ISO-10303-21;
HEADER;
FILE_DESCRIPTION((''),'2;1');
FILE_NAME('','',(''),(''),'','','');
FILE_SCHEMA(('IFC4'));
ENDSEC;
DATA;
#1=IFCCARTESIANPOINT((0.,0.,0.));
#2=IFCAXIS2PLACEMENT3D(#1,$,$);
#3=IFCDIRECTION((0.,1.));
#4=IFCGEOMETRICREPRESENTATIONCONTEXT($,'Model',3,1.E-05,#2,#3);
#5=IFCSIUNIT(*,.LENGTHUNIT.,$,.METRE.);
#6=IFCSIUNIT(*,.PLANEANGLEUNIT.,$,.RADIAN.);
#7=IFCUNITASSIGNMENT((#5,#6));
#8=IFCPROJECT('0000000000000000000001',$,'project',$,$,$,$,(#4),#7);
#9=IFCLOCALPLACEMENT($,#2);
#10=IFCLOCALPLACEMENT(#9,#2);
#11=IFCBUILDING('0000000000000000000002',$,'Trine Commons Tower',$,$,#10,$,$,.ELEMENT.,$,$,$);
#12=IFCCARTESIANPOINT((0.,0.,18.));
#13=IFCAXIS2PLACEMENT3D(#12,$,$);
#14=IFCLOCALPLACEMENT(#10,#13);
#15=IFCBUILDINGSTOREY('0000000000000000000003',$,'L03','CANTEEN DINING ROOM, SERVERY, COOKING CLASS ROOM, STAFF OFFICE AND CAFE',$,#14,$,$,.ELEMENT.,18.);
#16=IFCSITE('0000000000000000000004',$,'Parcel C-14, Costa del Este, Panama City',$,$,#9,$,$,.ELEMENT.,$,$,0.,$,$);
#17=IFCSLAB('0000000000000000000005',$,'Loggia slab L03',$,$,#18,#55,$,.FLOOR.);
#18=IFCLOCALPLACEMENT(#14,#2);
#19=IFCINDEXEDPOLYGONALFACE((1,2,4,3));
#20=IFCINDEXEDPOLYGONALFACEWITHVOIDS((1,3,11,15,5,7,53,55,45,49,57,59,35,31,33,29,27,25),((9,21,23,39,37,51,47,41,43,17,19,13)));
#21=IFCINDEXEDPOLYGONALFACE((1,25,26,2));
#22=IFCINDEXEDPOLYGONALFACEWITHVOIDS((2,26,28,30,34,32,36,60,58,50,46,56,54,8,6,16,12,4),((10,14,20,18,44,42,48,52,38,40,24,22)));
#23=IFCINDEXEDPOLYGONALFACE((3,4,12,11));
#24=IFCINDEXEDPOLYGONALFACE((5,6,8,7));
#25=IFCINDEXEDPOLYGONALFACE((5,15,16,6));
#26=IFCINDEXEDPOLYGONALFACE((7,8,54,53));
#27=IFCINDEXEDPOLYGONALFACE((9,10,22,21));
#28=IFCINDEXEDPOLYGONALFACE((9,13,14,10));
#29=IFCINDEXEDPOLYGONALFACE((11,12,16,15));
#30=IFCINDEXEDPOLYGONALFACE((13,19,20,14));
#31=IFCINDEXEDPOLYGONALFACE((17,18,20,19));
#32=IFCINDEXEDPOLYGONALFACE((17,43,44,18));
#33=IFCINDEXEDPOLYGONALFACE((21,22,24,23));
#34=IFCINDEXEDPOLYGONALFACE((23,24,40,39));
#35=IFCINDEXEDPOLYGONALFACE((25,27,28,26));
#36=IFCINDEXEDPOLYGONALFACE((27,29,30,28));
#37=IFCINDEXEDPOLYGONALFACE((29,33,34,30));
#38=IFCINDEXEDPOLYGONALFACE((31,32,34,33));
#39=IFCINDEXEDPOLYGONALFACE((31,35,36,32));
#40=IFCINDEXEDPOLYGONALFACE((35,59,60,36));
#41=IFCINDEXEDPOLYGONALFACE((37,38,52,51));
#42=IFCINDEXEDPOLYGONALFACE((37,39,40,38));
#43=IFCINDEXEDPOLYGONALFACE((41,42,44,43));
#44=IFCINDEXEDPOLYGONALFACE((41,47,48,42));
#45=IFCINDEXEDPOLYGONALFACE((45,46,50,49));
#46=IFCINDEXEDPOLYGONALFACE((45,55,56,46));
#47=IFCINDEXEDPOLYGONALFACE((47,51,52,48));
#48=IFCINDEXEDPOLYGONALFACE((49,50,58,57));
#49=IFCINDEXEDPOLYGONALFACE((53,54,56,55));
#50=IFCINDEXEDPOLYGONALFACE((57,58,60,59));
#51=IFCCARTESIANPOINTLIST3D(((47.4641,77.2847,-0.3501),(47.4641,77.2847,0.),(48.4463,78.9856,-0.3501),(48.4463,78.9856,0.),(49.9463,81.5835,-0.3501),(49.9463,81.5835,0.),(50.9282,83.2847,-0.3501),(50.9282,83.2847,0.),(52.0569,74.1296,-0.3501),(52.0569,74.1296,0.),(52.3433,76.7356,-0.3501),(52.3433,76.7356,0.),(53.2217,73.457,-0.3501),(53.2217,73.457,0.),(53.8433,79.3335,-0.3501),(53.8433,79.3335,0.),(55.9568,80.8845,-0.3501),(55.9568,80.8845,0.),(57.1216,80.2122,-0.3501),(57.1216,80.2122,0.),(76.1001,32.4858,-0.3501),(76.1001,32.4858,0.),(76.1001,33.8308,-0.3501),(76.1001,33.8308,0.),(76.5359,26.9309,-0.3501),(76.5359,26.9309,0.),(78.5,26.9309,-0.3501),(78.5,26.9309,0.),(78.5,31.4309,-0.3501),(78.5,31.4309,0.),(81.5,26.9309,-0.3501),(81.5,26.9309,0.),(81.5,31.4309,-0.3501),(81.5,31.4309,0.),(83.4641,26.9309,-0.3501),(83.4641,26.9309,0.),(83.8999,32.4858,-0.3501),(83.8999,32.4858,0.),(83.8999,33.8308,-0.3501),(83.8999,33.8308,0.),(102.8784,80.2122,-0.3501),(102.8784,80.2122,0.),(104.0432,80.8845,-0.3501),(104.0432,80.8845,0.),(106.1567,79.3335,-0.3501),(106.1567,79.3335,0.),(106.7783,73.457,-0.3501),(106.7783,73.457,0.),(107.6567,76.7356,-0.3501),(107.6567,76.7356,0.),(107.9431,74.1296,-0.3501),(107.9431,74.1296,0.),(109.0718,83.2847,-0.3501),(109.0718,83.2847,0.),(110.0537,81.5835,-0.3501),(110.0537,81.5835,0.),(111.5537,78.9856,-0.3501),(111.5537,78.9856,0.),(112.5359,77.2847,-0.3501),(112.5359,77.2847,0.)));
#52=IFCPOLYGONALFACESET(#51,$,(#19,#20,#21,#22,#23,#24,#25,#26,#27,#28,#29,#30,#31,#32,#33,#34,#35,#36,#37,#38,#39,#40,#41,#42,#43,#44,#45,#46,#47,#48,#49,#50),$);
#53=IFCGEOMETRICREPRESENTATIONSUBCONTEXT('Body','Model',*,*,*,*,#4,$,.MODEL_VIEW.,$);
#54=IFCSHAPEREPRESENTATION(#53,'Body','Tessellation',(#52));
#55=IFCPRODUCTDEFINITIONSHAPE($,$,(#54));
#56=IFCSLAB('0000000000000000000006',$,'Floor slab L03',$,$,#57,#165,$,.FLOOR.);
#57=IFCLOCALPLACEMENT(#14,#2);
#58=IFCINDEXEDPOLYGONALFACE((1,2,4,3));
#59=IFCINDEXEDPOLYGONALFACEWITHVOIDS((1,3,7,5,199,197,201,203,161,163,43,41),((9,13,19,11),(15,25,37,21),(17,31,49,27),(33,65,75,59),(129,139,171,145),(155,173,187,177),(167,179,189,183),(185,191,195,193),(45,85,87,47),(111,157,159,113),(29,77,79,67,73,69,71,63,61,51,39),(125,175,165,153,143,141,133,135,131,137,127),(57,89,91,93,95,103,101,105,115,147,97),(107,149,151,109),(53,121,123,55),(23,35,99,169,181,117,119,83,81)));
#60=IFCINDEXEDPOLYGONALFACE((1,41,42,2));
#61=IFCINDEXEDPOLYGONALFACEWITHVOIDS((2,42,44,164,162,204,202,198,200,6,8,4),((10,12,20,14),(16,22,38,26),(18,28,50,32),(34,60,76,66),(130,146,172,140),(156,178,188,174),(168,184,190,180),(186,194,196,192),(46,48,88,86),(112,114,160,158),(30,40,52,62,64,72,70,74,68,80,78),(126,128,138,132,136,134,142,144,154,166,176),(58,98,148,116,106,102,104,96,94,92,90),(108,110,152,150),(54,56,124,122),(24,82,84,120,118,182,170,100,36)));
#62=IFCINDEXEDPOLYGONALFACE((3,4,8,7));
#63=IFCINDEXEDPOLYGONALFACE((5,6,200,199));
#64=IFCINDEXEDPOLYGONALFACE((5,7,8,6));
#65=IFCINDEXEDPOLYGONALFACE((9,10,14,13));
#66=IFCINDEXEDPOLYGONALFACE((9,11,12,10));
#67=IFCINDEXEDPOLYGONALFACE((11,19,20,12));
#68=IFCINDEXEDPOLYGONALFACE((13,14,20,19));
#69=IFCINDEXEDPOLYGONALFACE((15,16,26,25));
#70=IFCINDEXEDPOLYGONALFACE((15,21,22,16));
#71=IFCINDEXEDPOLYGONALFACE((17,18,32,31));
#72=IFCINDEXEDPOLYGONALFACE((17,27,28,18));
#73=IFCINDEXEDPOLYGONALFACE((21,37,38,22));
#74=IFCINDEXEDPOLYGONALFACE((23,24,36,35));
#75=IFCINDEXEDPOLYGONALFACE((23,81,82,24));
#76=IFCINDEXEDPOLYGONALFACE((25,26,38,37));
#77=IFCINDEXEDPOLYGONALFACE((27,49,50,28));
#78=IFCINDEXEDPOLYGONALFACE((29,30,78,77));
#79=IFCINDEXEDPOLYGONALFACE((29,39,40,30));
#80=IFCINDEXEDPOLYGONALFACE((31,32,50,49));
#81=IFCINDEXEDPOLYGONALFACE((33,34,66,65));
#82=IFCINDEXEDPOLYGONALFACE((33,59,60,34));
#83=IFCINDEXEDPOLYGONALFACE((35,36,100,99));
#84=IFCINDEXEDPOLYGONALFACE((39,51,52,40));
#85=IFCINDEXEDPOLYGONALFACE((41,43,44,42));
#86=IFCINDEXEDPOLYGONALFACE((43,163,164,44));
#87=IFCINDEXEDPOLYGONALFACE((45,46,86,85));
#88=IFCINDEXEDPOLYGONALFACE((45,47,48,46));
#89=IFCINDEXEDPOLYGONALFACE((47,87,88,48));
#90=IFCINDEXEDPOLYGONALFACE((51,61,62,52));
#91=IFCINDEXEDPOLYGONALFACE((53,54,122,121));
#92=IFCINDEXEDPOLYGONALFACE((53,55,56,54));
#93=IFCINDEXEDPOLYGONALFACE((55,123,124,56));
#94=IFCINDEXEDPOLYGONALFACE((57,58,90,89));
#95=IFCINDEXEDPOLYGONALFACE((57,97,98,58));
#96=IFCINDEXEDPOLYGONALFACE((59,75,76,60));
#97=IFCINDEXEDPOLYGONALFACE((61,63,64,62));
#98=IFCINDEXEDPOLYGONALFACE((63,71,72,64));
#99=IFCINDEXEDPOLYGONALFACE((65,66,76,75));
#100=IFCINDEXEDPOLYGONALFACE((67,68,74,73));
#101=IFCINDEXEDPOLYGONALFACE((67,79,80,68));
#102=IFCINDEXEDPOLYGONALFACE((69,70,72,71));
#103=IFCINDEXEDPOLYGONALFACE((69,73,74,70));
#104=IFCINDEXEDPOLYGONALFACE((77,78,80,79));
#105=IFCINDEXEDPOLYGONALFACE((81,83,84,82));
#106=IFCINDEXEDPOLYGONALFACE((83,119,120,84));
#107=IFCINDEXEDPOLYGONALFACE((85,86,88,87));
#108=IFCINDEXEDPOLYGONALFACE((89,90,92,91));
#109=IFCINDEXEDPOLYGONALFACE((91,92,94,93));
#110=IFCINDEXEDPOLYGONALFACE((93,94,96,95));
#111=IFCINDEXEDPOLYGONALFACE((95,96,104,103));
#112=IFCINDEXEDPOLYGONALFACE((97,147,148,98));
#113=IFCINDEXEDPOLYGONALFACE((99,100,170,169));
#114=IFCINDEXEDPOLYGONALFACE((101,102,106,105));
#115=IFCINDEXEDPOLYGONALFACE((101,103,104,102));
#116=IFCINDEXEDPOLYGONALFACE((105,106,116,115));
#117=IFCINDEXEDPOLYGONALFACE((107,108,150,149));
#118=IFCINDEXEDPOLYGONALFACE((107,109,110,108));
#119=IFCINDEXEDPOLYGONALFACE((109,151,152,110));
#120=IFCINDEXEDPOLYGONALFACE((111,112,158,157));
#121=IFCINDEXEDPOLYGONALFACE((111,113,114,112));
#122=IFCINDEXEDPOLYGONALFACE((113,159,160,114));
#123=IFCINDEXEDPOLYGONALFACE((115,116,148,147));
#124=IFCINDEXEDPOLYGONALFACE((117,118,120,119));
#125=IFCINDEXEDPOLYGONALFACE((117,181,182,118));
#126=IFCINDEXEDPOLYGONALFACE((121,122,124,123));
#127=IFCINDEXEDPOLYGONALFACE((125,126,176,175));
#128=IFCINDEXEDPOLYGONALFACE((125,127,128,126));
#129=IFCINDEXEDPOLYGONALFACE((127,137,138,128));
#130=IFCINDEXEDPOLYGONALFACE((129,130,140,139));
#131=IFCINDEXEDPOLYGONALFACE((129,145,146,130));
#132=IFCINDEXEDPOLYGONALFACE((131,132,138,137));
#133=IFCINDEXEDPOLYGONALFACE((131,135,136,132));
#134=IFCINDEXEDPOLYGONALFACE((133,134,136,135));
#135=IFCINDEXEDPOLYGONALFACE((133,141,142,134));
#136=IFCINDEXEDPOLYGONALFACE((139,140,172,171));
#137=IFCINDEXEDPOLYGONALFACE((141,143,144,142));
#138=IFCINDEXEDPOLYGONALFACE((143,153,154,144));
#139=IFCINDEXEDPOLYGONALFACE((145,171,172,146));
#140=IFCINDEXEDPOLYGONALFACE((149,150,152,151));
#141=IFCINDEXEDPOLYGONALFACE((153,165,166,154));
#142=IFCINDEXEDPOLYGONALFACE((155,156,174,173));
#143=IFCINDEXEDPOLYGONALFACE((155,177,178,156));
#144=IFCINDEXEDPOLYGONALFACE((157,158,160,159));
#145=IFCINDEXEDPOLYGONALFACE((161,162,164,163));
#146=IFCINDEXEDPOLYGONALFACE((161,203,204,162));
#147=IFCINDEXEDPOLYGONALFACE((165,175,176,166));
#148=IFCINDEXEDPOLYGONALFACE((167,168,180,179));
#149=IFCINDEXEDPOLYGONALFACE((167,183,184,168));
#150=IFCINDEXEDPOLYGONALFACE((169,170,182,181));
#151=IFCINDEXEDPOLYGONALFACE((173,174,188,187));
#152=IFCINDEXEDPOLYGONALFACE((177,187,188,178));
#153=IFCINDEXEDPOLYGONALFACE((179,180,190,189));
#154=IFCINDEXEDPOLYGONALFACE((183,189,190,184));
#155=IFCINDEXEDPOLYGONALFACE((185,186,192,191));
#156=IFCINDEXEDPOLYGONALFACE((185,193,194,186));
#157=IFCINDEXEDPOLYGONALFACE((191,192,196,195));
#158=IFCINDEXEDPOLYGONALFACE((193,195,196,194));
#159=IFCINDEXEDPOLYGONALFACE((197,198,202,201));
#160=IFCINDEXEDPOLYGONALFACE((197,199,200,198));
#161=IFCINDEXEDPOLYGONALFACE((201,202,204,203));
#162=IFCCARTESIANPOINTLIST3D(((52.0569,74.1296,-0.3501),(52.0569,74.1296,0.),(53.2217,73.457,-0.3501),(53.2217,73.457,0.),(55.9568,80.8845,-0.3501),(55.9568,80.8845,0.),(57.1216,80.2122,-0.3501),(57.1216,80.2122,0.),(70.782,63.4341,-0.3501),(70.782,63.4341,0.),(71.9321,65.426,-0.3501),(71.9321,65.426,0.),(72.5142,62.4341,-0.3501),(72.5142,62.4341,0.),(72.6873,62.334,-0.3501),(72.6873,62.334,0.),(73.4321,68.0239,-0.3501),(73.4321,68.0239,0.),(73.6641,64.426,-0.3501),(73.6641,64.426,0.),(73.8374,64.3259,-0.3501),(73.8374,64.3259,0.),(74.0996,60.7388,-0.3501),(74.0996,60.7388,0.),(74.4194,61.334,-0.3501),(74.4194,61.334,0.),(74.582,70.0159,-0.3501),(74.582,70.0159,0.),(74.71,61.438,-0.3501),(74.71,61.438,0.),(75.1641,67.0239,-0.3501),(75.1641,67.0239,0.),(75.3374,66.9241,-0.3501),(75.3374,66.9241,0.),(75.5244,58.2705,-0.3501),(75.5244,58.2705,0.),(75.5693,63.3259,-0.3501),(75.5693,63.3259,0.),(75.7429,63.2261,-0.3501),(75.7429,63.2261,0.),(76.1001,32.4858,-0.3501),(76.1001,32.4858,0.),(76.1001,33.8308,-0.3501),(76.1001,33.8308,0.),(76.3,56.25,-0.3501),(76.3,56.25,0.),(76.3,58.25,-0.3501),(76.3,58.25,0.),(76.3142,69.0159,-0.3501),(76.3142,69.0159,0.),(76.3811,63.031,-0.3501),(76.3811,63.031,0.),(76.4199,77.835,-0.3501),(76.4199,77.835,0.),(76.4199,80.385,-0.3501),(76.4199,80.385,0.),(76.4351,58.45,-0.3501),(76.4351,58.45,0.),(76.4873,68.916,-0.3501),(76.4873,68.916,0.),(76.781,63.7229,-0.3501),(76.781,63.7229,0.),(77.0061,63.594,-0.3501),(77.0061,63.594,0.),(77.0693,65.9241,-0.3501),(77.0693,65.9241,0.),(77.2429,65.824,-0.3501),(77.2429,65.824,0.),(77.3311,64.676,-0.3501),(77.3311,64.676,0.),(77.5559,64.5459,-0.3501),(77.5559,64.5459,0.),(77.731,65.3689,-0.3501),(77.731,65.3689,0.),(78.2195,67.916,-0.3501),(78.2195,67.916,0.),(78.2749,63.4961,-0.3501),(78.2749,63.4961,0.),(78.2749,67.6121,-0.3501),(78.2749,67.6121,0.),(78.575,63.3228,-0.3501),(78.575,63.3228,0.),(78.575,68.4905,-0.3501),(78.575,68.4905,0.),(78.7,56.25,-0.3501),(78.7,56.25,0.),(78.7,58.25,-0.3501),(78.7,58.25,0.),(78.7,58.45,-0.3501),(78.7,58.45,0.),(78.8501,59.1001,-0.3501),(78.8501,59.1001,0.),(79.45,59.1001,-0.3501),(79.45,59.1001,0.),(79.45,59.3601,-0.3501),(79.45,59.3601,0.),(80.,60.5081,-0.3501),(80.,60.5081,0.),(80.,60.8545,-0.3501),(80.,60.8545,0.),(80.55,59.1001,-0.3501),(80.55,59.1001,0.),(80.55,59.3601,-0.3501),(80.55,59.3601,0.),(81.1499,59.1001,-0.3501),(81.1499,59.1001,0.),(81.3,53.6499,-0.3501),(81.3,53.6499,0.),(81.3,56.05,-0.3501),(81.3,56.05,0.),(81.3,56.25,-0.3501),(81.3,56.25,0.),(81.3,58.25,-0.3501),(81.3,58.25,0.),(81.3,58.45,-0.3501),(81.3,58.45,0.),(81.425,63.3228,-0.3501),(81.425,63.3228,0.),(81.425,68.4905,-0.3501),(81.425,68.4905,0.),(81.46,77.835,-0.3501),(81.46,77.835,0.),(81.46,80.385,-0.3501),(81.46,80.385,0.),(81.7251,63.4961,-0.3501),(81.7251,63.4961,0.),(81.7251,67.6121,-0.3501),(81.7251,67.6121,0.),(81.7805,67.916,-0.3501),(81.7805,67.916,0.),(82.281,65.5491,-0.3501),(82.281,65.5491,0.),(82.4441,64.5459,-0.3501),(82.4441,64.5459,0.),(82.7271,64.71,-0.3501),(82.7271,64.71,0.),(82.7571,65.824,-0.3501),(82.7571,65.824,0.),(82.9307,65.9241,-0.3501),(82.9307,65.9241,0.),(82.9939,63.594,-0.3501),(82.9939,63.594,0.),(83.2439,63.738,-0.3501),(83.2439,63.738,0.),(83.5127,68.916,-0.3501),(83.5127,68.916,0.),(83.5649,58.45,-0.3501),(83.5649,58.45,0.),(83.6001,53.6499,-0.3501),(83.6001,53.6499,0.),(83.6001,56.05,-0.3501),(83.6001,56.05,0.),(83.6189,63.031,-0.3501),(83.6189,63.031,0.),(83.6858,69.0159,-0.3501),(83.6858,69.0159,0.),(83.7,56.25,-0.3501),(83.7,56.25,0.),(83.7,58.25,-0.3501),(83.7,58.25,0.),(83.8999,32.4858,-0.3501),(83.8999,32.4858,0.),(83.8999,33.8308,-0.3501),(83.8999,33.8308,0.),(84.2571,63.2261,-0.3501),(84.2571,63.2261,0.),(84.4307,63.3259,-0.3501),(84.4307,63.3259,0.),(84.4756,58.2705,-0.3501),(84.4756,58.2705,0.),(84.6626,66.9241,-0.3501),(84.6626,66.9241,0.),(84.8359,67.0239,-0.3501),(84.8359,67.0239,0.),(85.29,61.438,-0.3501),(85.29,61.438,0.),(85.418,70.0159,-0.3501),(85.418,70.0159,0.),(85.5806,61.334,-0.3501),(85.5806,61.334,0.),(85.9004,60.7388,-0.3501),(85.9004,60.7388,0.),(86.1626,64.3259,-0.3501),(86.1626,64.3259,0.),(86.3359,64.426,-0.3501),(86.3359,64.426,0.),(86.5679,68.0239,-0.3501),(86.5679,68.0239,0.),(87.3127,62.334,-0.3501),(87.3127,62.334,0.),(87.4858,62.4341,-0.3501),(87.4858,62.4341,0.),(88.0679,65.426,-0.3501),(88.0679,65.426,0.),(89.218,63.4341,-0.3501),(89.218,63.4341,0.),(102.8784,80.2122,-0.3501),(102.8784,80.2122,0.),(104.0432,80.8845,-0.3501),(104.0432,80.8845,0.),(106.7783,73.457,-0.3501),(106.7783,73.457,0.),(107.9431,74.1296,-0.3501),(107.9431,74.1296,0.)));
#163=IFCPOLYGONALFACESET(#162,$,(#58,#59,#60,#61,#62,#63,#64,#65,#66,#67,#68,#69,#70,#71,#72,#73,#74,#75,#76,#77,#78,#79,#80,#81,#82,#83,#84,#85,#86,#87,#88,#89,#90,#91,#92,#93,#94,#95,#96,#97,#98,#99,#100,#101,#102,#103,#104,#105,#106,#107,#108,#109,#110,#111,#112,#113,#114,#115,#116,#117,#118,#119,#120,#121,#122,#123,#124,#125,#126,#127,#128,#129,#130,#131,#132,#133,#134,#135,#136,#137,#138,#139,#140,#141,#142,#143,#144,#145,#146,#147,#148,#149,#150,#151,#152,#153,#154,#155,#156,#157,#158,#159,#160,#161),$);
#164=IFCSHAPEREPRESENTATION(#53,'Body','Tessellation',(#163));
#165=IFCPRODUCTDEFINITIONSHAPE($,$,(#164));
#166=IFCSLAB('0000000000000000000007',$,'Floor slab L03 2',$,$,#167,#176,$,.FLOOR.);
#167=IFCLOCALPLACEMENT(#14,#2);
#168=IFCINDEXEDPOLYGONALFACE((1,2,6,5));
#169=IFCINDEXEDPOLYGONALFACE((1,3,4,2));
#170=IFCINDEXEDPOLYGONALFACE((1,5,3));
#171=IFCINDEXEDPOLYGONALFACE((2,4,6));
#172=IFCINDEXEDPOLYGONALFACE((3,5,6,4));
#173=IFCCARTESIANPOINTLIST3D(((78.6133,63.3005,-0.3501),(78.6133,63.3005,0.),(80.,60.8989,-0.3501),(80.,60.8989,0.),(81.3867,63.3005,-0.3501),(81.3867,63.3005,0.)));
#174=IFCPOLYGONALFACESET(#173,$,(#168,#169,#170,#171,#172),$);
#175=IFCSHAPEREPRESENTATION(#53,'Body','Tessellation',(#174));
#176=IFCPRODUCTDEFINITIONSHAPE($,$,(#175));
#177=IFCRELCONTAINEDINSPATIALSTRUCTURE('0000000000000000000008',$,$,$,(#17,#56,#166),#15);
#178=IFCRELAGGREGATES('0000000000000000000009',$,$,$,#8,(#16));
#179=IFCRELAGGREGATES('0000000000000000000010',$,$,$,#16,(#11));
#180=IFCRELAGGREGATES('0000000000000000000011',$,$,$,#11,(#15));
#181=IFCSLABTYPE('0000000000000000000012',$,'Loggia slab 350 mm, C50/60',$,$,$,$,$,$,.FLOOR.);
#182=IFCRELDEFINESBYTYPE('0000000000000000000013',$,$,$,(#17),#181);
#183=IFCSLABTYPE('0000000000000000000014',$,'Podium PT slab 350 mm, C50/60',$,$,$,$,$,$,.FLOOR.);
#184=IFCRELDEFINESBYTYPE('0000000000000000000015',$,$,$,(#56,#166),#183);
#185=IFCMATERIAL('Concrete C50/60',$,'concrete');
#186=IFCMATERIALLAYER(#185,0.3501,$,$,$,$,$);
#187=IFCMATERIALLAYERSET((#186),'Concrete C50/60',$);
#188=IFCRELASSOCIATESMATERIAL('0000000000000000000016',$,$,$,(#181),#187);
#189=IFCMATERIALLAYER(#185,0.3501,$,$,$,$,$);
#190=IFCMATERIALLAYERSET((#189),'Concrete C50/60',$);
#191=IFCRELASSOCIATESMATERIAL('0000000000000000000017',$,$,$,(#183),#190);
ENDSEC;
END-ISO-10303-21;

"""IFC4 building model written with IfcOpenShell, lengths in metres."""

from ifc_helpers import new_model, si_unit, direction, frame, origin, place, context, subcontext, project, spatial, polyline, outline, extrude, material, layer, layer_set, type_object, element, save


model = new_model("IFC4")

# Units and contexts
model_context = context("Model", 3, precision=1e-05, world=origin(), true_north=direction((0.0, 1.0)))
body_context = subcontext(model_context, "Body", "Model", "MODEL_VIEW")
ifc_project = project(units=[si_unit("LENGTHUNIT", "METRE"), si_unit("PLANEANGLEUNIT", "RADIAN")], contexts=[model_context])

# Site, building, storey
site_placement = place(None, origin())
site = spatial("IfcSite", under=ifc_project, at=site_placement, Name="Parcel C-14, Costa del Este, Panama City", CompositionType="ELEMENT", RefElevation=0.0)
building_placement = place(site_placement, origin())
building = spatial("IfcBuilding", under=site, at=building_placement, Name="Trine Commons Tower", CompositionType="ELEMENT")
storey_placement = place(building_placement, frame((0.0, 0.0, 18.0)))
storey = spatial("IfcBuildingStorey", under=building, at=storey_placement, Name="L03", Description="CANTEEN DINING ROOM, SERVERY, COOKING CLASS ROOM, STAFF OFFICE AND CAFE", CompositionType="ELEMENT", Elevation=18.0)

# Slabs
ifc_material_1 = material(Name="Concrete C50/60", Category="concrete")
ifc_layer_1 = layer(ifc_material_1, 0.3501)
ifc_layer_set_1 = layer_set([ifc_layer_1], Name="Concrete C50/60")
slab_type_1 = type_object("IfcSlabType", Name="Loggia slab 350 mm, C50/60", PredefinedType="FLOOR", material=ifc_layer_set_1)
slab_1_placement = place(storey_placement, frame((0.0, 0.0, -0.3501)))
element("IfcSlab", 1, at=slab_1_placement, inside=storey, type_object=slab_type_1, Name="Loggia slab L03", PredefinedType="FLOOR", context=body_context, shape_type="SweptSolid", body=[
    extrude(outline(polyline([(83.4641, 26.9309), (112.5359, 77.2847), (111.5537, 78.9856), (107.6567, 76.7356), (106.1567, 79.3335), (110.0537, 81.5835), (109.0718, 83.2847), (50.9282, 83.2847), (49.9463, 81.5835), (53.8433, 79.3335), (52.3433, 76.7356), (48.4463, 78.9856), (47.4641, 77.2847), (76.5359, 26.9309), (78.5, 26.9309), (78.5, 31.4309), (81.5, 31.4309), (81.5, 26.9309), (83.4641, 26.9309)]), holes=[polyline([(76.1001, 32.4858), (76.1001, 33.8308), (83.8999, 33.8308), (83.8999, 32.4858), (107.9431, 74.1296), (106.7783, 73.457), (102.8784, 80.2122), (104.0432, 80.8845), (55.9568, 80.8845), (57.1216, 80.2122), (53.2217, 73.457), (52.0569, 74.1296), (76.1001, 32.4858)])]), origin(), (0.0, 0.0, 1.0), 0.3501),
])
ifc_layer_2 = layer(ifc_material_1, 0.3501)
ifc_layer_set_2 = layer_set([ifc_layer_2], Name="Concrete C50/60")
slab_type_2 = type_object("IfcSlabType", Name="Podium PT slab 350 mm, C50/60", PredefinedType="FLOOR", material=ifc_layer_set_2)
slab_2_placement = place(storey_placement, frame((0.0, 0.0, -0.3501)))
element("IfcSlab", 2, at=slab_2_placement, inside=storey, type_object=slab_type_2, Name="Floor slab L03", PredefinedType="FLOOR", context=body_context, shape_type="SweptSolid", body=[
    extrude(outline(polyline([(52.0569, 74.1296), (76.1001, 32.4858), (76.1001, 33.8308), (83.8999, 33.8308), (83.8999, 32.4858), (107.9431, 74.1296), (106.7783, 73.457), (102.8784, 80.2122), (104.0432, 80.8845), (55.9568, 80.8845), (57.1216, 80.2122), (53.2217, 73.457), (52.0569, 74.1296)]), holes=[polyline([(76.3, 56.25), (78.7, 56.25), (78.7, 58.25), (76.3, 58.25), (76.3, 56.25)]), polyline([(80.0, 60.8545), (84.4756, 58.2705), (85.9004, 60.7388), (81.425, 63.3228), (81.425, 68.4905), (78.575, 68.4905), (78.575, 63.3228), (74.0996, 60.7388), (75.5244, 58.2705), (80.0, 60.8545)]), polyline([(73.8374, 64.3259), (72.6873, 62.334), (74.4194, 61.334), (75.5693, 63.3259), (73.8374, 64.3259)]), polyline([(71.9321, 65.426), (70.782, 63.4341), (72.5142, 62.4341), (73.6641, 64.426), (71.9321, 65.426)]), polyline([(76.781, 63.7229), (76.3811, 63.031), (75.7429, 63.2261), (74.71, 61.438), (78.2749, 63.4961), (78.2749, 67.6121), (77.2429, 65.824), (77.731, 65.3689), (77.3311, 64.676), (77.5559, 64.5459), (77.0061, 63.594), (76.781, 63.7229)]), polyline([(76.4873, 68.916), (75.3374, 66.9241), (77.0693, 65.9241), (78.2195, 67.916), (76.4873, 68.916)]), polyline([(76.3142, 69.0159), (74.582, 70.0159), (73.4321, 68.0239), (75.1641, 67.0239), (76.3142, 69.0159)]), polyline([(76.4199, 77.835), (81.46, 77.835), (81.46, 80.385), (76.4199, 80.385), (76.4199, 77.835)]), polyline([(81.3, 53.6499), (83.6001, 53.6499), (83.6001, 56.05), (81.3, 56.05), (81.3, 53.6499)]), polyline([(81.3, 56.25), (83.7, 56.25), (83.7, 58.25), (81.3, 58.25), (81.3, 56.25)]), polyline([(81.1499, 59.1001), (81.3, 58.45), (83.5649, 58.45), (80.0, 60.5081), (76.4351, 58.45), (78.7, 58.45), (78.8501, 59.1001), (79.45, 59.1001), (79.45, 59.3601), (80.55, 59.3601), (80.55, 59.1001), (81.1499, 59.1001)]), polyline([(87.3127, 62.334), (86.1626, 64.3259), (84.4307, 63.3259), (85.5806, 61.334), (87.3127, 62.334)]), polyline([(89.218, 63.4341), (88.0679, 65.426), (86.3359, 64.426), (87.4858, 62.4341), (89.218, 63.4341)]), polyline([(83.2439, 63.738), (82.9939, 63.594), (82.4441, 64.5459), (82.7271, 64.71), (82.281, 65.5491), (82.7571, 65.824), (81.7251, 67.6121), (81.7251, 63.4961), (85.29, 61.438), (84.2571, 63.2261), (83.6189, 63.031), (83.2439, 63.738)]), polyline([(82.9307, 65.9241), (84.6626, 66.9241), (83.5127, 68.916), (81.7805, 67.916), (82.9307, 65.9241)]), polyline([(84.8359, 67.0239), (86.5679, 68.0239), (85.418, 70.0159), (83.6858, 69.0159), (84.8359, 67.0239)])]), origin(), (0.0, 0.0, 1.0), 0.3501),
])
slab_3_placement = place(storey_placement, frame((0.0, 0.0, -0.3501)))
element("IfcSlab", 3, at=slab_3_placement, inside=storey, type_object=slab_type_2, Name="Floor slab L03 2", PredefinedType="FLOOR", context=body_context, shape_type="SweptSolid", body=[
    extrude(outline(polyline([(78.6133, 63.3005), (80.0, 60.8989), (81.3867, 63.3005), (78.6133, 63.3005)])), origin(), (0.0, 0.0, 1.0), 0.3501),
])

save(model, "model.ifc")
